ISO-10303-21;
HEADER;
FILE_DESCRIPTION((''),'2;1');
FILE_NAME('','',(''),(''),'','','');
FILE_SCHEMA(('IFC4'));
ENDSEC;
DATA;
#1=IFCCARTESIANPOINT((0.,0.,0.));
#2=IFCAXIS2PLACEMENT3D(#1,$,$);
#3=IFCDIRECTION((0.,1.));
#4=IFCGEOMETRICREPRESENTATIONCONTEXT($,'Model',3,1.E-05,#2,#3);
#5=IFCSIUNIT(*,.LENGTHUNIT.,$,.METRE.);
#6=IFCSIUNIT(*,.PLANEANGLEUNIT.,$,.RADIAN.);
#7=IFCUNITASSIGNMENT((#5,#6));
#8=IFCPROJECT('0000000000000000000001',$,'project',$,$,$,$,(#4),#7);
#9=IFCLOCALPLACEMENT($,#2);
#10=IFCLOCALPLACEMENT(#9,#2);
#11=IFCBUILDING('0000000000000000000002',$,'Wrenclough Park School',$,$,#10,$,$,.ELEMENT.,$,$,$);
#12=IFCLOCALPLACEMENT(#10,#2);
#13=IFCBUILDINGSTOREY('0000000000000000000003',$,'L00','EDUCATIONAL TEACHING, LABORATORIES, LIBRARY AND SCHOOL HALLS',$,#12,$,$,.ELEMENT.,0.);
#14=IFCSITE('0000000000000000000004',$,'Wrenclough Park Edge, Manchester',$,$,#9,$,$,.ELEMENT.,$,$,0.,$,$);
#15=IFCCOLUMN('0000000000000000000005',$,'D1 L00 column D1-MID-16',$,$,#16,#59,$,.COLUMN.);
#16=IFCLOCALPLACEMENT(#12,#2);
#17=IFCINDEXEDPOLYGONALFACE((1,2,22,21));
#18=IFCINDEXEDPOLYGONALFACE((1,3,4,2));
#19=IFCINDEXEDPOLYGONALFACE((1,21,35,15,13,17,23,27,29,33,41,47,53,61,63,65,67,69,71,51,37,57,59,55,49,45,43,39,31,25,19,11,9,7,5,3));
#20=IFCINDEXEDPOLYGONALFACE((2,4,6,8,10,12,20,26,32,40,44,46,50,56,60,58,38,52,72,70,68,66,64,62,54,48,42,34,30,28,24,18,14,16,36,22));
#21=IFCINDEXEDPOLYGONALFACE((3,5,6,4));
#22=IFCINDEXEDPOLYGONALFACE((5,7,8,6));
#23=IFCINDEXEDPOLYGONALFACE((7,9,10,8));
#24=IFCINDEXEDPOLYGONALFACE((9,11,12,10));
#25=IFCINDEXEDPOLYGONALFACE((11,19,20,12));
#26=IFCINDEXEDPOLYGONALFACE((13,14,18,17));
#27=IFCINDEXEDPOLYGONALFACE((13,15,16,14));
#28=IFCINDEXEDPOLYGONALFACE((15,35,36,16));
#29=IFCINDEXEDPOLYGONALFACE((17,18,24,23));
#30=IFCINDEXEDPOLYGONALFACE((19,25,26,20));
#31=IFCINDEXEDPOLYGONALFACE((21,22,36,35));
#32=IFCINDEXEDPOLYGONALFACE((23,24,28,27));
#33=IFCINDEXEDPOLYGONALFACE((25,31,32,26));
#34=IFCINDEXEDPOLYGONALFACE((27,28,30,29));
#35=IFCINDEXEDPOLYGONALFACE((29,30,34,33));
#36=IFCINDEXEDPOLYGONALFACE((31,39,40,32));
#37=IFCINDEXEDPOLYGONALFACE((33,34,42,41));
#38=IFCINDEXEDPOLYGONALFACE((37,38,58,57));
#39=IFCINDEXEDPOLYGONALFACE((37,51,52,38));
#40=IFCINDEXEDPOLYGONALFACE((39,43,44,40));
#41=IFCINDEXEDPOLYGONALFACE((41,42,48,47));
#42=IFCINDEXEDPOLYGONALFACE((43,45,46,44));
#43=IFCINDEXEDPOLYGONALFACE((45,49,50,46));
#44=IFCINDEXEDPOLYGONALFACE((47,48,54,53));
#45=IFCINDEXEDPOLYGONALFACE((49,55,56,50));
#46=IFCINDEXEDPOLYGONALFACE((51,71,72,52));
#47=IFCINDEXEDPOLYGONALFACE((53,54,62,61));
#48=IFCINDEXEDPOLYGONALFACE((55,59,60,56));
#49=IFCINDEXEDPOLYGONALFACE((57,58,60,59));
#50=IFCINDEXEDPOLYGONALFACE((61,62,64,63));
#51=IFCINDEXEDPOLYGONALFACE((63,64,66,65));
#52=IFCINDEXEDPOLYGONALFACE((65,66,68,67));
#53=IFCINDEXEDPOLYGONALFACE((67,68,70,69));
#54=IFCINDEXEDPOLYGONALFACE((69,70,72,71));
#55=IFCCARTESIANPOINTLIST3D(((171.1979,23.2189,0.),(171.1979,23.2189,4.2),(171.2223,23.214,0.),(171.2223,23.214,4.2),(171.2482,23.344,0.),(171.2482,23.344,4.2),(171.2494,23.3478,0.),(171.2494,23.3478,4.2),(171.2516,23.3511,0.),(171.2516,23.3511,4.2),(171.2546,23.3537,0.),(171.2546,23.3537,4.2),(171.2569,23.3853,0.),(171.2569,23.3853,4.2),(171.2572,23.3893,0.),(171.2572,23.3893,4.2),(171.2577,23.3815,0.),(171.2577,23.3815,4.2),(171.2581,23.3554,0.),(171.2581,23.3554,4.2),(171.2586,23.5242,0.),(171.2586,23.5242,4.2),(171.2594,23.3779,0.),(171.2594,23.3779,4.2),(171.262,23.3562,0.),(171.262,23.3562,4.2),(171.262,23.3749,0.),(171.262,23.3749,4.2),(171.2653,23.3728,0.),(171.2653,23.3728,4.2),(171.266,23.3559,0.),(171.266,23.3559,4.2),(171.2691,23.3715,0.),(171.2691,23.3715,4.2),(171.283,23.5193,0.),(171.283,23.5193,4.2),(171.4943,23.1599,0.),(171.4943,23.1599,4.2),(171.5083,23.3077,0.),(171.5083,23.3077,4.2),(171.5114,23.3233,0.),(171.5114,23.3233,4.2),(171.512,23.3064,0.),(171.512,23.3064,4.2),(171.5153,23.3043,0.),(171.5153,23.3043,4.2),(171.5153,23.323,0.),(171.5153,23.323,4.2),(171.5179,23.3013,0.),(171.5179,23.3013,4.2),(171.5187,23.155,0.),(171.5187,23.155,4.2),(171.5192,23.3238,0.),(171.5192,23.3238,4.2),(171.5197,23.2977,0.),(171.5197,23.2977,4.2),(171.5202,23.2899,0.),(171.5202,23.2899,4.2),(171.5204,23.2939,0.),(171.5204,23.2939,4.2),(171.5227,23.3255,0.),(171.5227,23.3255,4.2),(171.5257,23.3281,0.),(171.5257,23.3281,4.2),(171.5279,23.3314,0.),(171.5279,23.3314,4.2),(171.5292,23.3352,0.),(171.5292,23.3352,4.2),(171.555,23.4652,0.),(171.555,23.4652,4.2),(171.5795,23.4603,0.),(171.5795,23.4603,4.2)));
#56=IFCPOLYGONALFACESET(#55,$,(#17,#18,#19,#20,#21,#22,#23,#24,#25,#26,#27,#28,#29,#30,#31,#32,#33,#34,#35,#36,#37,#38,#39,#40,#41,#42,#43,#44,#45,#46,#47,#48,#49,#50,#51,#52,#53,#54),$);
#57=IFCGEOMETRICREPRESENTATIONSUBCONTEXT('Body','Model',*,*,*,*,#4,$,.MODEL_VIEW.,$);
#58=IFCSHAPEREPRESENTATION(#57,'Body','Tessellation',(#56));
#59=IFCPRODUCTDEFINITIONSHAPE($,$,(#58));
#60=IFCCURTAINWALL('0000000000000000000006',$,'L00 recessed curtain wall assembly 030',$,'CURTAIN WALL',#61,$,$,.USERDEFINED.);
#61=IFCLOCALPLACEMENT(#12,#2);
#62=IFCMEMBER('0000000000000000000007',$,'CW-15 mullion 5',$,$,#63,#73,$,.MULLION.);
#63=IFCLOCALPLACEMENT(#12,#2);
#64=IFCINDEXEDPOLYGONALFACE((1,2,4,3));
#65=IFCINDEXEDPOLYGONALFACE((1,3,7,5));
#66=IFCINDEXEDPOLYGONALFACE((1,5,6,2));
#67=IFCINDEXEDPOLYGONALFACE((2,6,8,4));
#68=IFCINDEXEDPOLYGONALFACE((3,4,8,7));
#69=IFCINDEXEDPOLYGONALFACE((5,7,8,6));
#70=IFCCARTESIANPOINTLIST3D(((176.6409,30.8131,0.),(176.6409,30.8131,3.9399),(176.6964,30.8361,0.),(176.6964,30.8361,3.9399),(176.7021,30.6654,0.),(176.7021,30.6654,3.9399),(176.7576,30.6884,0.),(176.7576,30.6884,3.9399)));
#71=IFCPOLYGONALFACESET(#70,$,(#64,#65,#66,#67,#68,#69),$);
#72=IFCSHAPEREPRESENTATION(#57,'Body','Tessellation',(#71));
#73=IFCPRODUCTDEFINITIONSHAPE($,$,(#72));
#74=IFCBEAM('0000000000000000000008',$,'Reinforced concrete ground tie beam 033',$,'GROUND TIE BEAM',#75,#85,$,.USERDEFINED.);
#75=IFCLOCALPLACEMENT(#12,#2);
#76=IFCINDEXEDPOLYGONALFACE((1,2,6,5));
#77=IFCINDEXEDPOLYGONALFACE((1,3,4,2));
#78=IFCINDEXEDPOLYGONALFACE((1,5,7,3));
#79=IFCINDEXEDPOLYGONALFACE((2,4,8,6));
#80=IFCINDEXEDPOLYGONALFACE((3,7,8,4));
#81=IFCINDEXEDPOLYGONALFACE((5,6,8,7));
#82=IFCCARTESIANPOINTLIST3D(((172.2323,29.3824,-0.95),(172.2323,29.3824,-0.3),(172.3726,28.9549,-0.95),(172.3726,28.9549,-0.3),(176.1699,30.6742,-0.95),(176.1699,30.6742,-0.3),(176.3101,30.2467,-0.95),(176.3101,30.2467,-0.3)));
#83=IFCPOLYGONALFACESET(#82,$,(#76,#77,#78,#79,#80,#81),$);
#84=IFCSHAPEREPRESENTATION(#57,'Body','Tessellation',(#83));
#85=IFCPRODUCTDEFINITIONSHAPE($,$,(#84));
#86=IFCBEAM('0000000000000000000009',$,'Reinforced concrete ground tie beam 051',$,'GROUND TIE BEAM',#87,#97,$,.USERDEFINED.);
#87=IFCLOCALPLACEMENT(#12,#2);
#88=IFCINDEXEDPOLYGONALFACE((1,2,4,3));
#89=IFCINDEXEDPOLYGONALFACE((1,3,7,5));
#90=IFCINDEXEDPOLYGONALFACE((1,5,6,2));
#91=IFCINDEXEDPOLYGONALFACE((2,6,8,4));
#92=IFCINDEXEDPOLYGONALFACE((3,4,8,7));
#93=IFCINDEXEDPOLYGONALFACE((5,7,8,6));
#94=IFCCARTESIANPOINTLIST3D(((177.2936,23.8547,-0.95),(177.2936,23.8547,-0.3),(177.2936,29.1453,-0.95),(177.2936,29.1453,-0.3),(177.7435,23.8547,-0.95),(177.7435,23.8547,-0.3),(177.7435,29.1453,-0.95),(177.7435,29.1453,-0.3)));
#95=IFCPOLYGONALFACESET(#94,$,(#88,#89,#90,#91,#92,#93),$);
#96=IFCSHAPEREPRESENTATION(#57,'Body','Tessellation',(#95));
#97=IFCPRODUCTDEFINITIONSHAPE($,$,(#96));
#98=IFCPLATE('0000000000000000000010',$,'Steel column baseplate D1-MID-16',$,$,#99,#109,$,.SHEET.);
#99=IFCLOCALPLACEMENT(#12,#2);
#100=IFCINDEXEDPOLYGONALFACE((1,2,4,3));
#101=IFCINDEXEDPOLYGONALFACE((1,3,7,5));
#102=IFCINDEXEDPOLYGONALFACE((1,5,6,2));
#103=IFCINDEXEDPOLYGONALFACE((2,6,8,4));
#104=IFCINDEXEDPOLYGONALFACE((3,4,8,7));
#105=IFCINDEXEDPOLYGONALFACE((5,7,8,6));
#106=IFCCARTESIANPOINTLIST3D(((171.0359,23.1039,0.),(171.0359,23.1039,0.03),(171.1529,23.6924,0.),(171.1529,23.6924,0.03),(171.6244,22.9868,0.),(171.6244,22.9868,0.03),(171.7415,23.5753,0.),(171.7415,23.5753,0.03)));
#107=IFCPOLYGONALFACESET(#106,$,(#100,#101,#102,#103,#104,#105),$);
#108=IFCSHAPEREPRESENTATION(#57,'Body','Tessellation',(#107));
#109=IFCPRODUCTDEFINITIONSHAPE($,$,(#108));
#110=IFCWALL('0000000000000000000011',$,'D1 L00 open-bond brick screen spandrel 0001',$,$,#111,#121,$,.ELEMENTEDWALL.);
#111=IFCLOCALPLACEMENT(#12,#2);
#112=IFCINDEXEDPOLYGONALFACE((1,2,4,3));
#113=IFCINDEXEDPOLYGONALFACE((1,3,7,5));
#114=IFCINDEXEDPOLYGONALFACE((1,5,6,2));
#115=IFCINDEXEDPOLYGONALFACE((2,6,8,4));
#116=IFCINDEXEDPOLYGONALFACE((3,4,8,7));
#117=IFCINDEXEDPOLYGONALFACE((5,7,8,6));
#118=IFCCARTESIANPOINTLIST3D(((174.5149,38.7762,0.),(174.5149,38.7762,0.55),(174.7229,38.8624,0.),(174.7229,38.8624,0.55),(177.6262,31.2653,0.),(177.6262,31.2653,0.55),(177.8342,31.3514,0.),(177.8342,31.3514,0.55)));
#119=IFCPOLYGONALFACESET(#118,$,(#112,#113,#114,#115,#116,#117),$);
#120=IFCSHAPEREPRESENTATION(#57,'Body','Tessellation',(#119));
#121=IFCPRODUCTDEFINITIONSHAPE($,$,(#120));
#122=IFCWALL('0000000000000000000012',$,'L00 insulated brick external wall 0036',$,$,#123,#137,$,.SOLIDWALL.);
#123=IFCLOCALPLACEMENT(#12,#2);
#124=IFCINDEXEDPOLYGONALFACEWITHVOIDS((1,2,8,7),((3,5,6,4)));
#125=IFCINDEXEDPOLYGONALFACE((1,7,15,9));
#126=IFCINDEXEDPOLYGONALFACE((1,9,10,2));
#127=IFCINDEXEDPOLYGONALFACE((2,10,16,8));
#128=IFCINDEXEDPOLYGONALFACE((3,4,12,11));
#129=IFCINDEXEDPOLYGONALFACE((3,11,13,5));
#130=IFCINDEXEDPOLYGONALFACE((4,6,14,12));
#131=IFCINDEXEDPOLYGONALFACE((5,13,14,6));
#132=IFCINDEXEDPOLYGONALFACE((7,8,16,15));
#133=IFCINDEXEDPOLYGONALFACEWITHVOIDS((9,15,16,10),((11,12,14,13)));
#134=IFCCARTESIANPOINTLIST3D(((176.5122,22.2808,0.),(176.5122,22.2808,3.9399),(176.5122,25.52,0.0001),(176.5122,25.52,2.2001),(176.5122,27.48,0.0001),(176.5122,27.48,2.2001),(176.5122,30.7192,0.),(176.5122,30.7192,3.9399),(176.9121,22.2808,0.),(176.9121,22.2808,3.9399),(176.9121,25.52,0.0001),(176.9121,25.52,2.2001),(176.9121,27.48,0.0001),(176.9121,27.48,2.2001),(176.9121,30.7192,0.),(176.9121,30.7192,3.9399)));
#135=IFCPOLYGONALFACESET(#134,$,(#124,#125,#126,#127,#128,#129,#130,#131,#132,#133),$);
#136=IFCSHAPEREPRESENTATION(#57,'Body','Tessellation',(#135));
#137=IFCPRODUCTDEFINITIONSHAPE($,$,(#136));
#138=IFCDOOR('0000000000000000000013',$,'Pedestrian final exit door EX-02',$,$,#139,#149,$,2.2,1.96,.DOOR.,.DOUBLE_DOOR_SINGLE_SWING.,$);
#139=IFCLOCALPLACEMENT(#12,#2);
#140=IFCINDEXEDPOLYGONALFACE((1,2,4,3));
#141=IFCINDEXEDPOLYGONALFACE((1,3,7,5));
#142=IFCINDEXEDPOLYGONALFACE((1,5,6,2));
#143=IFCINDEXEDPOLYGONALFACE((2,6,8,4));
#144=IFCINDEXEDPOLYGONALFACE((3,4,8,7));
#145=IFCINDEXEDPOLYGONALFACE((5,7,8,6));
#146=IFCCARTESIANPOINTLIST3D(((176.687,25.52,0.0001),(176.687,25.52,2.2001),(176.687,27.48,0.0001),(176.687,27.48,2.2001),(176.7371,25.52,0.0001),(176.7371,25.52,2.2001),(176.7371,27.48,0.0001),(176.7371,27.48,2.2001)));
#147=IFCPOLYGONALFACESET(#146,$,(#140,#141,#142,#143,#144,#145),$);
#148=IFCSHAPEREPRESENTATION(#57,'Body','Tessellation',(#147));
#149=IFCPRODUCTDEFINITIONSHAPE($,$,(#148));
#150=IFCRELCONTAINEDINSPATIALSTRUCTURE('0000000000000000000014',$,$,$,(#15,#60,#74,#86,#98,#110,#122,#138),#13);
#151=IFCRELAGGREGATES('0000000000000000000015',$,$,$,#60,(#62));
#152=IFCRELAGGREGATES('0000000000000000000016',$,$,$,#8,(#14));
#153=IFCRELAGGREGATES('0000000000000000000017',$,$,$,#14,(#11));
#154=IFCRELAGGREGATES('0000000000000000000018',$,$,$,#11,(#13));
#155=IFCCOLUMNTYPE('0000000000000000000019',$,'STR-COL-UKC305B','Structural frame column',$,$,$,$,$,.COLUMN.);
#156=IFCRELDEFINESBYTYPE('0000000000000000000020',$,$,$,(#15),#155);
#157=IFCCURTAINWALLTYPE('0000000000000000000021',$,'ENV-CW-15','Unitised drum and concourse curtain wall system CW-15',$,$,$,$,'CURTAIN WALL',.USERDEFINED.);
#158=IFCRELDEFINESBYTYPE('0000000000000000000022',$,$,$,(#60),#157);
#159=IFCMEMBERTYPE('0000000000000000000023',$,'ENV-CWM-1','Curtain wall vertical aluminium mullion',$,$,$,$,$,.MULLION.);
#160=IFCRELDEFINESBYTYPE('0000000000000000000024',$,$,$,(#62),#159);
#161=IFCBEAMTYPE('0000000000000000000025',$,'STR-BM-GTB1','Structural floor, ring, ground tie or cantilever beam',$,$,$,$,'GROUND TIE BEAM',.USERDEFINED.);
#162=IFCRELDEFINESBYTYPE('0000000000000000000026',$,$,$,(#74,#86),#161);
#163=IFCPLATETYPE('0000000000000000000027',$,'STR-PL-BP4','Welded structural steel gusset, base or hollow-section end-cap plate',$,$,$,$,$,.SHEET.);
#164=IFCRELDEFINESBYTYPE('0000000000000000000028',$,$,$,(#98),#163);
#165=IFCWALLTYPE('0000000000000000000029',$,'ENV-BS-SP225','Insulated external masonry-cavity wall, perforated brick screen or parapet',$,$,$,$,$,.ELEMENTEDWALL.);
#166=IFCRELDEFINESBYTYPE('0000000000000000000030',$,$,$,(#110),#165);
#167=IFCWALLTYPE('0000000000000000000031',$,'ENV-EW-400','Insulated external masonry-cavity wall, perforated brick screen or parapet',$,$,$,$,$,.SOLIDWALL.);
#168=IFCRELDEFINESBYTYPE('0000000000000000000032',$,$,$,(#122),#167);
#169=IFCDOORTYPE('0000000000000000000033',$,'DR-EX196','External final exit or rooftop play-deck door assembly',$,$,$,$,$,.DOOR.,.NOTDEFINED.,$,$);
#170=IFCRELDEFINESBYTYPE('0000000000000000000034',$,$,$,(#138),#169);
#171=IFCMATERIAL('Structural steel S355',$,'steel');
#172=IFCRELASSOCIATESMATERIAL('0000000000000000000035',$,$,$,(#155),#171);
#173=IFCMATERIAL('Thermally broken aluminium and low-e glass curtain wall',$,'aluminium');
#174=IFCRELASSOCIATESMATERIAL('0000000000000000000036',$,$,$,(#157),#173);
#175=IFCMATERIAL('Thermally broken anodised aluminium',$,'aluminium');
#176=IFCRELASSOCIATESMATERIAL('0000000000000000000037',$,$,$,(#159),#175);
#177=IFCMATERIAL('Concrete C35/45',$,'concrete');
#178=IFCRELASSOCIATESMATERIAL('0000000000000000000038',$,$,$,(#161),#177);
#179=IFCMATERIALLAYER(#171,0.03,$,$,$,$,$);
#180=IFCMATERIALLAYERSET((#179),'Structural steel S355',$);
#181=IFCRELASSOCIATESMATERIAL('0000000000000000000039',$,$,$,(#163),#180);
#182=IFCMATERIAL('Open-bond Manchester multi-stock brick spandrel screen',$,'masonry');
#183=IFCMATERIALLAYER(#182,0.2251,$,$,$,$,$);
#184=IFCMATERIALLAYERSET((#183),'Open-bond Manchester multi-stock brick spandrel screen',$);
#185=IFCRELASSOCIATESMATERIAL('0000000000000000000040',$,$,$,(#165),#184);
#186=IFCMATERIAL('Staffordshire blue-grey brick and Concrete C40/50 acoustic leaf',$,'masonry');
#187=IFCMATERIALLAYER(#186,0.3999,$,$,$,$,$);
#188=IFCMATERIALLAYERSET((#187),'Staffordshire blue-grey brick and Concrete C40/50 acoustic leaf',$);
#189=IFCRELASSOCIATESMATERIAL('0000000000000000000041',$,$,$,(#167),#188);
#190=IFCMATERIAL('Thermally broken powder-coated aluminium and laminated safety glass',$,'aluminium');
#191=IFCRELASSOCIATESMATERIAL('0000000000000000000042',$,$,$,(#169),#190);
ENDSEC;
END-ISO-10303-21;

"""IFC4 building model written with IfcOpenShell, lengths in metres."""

from ifc_helpers import new_model, si_unit, direction, frame, frame_2d, origin, origin_2d, place, context, subcontext, project, spatial, rectangle, i_section, extrude, material, layer, layer_set, material_profile, profile_set, type_object, element, fill, aggregate, save


model = new_model("IFC4")

# Units and contexts
model_context = context("Model", 3, precision=1e-05, world=origin(), true_north=direction((0.0, 1.0)))
body_context = subcontext(model_context, "Body", "Model", "MODEL_VIEW")
ifc_project = project(units=[si_unit("LENGTHUNIT", "METRE"), si_unit("PLANEANGLEUNIT", "RADIAN")], contexts=[model_context])

# Site, building, storey
site_placement = place(None, origin())
site = spatial("IfcSite", under=ifc_project, at=site_placement, Name="Wrenclough Park Edge, Manchester", CompositionType="ELEMENT", RefElevation=0.0)
building_placement = place(site_placement, origin())
building = spatial("IfcBuilding", under=site, at=building_placement, Name="Wrenclough Park School", CompositionType="ELEMENT")
storey_placement = place(building_placement, origin())
storey = spatial("IfcBuildingStorey", under=building, at=storey_placement, Name="L00", Description="EDUCATIONAL TEACHING, LABORATORIES, LIBRARY AND SCHOOL HALLS", CompositionType="ELEMENT", Elevation=0.0)

# Shared definitions
ifc_material_1 = material(Name="Concrete C35/45", Category="concrete")

# Column
ifc_material_2 = material(Name="Structural steel S355", Category="steel")
ifc_material_profile_1 = material_profile(ifc_material_2, i_section(OverallWidth=0.3113, OverallDepth=0.3271, WebThickness=0.0159, FlangeThickness=0.0249, FilletRadius=0.0151, at=origin_2d()), Name="UKC 305x305x158")
ifc_profile_set_1 = profile_set([ifc_material_profile_1], Name="Structural steel S355")
column_type_1 = type_object("IfcColumnType", Name="STR-COL-UKC305B", Description="Structural frame column", PredefinedType="COLUMN", material=ifc_profile_set_1)
column_1_placement = place(storey_placement, frame((171.3887, 23.3396, 0.0), z_axis=(0.0, 0.0, 1.0), x_axis=(0.19509, 0.980785, 0.0)))
element("IfcColumn", 1, at=column_1_placement, inside=storey, type_object=column_type_1, Name="D1 L00 column D1-MID-16", PredefinedType="COLUMN", context=body_context, shape_type="SweptSolid", body=[
    extrude(i_section(OverallWidth=0.3113, OverallDepth=0.3271, WebThickness=0.0159, FlangeThickness=0.0249, FilletRadius=0.0151, at=origin_2d()), origin(), (0.0, 0.0, 1.0), 4.2),
])

# Curtain wall, member
ifc_material_3 = material(Name="Thermally broken aluminium and low-e glass curtain wall", Category="aluminium")
curtain_wall_type = type_object("IfcCurtainWallType", Name="ENV-CW-15", Description="Unitised drum and concourse curtain wall system CW-15", ElementType="CURTAIN WALL", PredefinedType="USERDEFINED", material=ifc_material_3)
curtain_wall_placement = place(storey_placement, origin())
curtain_wall = element("IfcCurtainWall", 2, at=curtain_wall_placement, inside=storey, type_object=curtain_wall_type, Name="L00 recessed curtain wall assembly 030", ObjectType="CURTAIN WALL", PredefinedType="USERDEFINED")
ifc_material_4 = material(Name="Thermally broken anodised aluminium", Category="aluminium")
ifc_material_profile_2 = material_profile(ifc_material_4, rectangle(XDim=0.0601, YDim=0.1599, at=origin_2d()), Name="AL MULLION 60x160")
ifc_profile_set_2 = profile_set([ifc_material_profile_2], Name="Thermally broken anodised aluminium")
member_type = type_object("IfcMemberType", Name="ENV-CWM-1", Description="Curtain wall vertical aluminium mullion", PredefinedType="MULLION", material=ifc_profile_set_2)
member_placement = place(storey_placement, frame((176.6992, 30.7507, 0.0), z_axis=(0.0, 0.0, 1.0), x_axis=(0.923878, 0.382687, 0.0)))
member = element("IfcMember", 3, at=member_placement, type_object=member_type, Name="CW-15 mullion 5", PredefinedType="MULLION", context=body_context, shape_type="SweptSolid", body=[
    extrude(rectangle(XDim=0.0601, YDim=0.1599, at=origin_2d()), origin(), (0.0, 0.0, 1.0), 3.9399),
])
aggregate(curtain_wall, [member])

# Beams
ifc_material_profile_3 = material_profile(ifc_material_1, rectangle(XDim=0.45, YDim=0.6499, at=origin_2d()), Name="RC GROUND 450x650")
ifc_profile_set_3 = profile_set([ifc_material_profile_3], Name="Concrete C35/45")
beam_type = type_object("IfcBeamType", Name="STR-BM-GTB1", Description="Structural floor, ring, ground tie or cantilever beam", ElementType="GROUND TIE BEAM", PredefinedType="USERDEFINED", material=ifc_profile_set_3)
beam_1_placement = place(storey_placement, frame((176.24, 30.4604, -0.625), z_axis=(-0.950175, -0.311717, 0.0), x_axis=(0.311717, -0.950175, 0.0)))
element("IfcBeam", 4, at=beam_1_placement, inside=storey, type_object=beam_type, Name="Reinforced concrete ground tie beam 033", ObjectType="GROUND TIE BEAM", PredefinedType="USERDEFINED", context=body_context, shape_type="SweptSolid", body=[
    extrude(rectangle(XDim=0.45, YDim=0.6499, at=origin_2d()), origin(), (0.0, 0.0, 1.0), 4.144),
])
beam_2_placement = place(storey_placement, frame((177.5186, 23.8547, -0.625), z_axis=(0.0, 1.0, 0.0), x_axis=(-1.0, 0.0, 0.0)))
element("IfcBeam", 5, at=beam_2_placement, inside=storey, type_object=beam_type, Name="Reinforced concrete ground tie beam 051", ObjectType="GROUND TIE BEAM", PredefinedType="USERDEFINED", context=body_context, shape_type="SweptSolid", body=[
    extrude(rectangle(XDim=0.45, YDim=0.6499, at=origin_2d()), origin(), (0.0, 0.0, 1.0), 5.2905),
])

# Plate
ifc_layer_1 = layer(ifc_material_2, 0.03)
ifc_layer_set_1 = layer_set([ifc_layer_1], Name="Structural steel S355")
plate_type = type_object("IfcPlateType", Name="STR-PL-BP4", Description="Welded structural steel gusset, base or hollow-section end-cap plate", PredefinedType="SHEET", material=ifc_layer_set_1)
plate_placement = place(storey_placement, frame((171.3887, 23.3396, 0.0), z_axis=(0.0, 0.0, 1.0), x_axis=(0.19509, 0.980785, 0.0)))
element("IfcPlate", 6, at=plate_placement, inside=storey, type_object=plate_type, Name="Steel column baseplate D1-MID-16", PredefinedType="SHEET", context=body_context, shape_type="SweptSolid", body=[
    extrude(rectangle(XDim=0.6001, YDim=0.6001, at=origin_2d()), origin(), (0.0, 0.0, 1.0), 0.03),
])

# Wall
ifc_material_5 = material(Name="Open-bond Manchester multi-stock brick spandrel screen", Category="masonry")
ifc_layer_2 = layer(ifc_material_5, 0.2251)
ifc_layer_set_2 = layer_set([ifc_layer_2], Name="Open-bond Manchester multi-stock brick spandrel screen")
wall_type_1 = type_object("IfcWallType", Name="ENV-BS-SP225", Description="Insulated external masonry-cavity wall, perforated brick screen or parapet", PredefinedType="ELEMENTEDWALL", material=ifc_layer_set_2)
wall_1_placement = place(storey_placement, frame((177.7302, 31.3083, 0.0), z_axis=(0.0, 0.0, 1.0), x_axis=(-0.382702, 0.923872, 0.0)))
element("IfcWall", 7, at=wall_1_placement, inside=storey, type_object=wall_type_1, Name="D1 L00 open-bond brick screen spandrel 0001", PredefinedType="ELEMENTEDWALL", context=body_context, shape_type="SweptSolid", body=[
    extrude(rectangle(XDim=8.1299, YDim=0.2251, at=frame_2d((4.0649, 0.0))), origin(), (0.0, 0.0, 1.0), 0.55),
])

# Wall, opening, door
ifc_material_6 = material(Name="Staffordshire blue-grey brick and Concrete C40/50 acoustic leaf", Category="masonry")
ifc_layer_3 = layer(ifc_material_6, 0.3999)
ifc_layer_set_3 = layer_set([ifc_layer_3], Name="Staffordshire blue-grey brick and Concrete C40/50 acoustic leaf")
wall_type_2 = type_object("IfcWallType", Name="ENV-EW-400", Description="Insulated external masonry-cavity wall, perforated brick screen or parapet", PredefinedType="SOLIDWALL", material=ifc_layer_set_3)
wall_2_placement = place(storey_placement, frame((176.7122, 30.7192, 0.0), z_axis=(0.0, 0.0, 1.0), x_axis=(0.0, -1.0, 0.0)))
wall_2 = element("IfcWall", 8, at=wall_2_placement, inside=storey, type_object=wall_type_2, Name="L00 insulated brick external wall 0036", PredefinedType="SOLIDWALL", context=body_context, shape_type="SweptSolid", body=[
    extrude(rectangle(XDim=8.4385, YDim=0.3999, at=frame_2d((4.2192, 0.0))), origin(), (0.0, 0.0, 1.0), 3.9399),
])
opening_1_placement = place(wall_2_placement, frame((3.2393, 0.0, 0.0)))
opening_1 = element("IfcOpeningElement", 9, at=opening_1_placement, cuts=wall_2, PredefinedType="OPENING", context=body_context, shape_type="SweptSolid", body=[
    extrude(rectangle(XDim=1.96, YDim=2.2, at=frame_2d((0.98, 1.1001))), frame((0.0, 0.21, 0.0), z_axis=(0.0, -1.0, 0.0), x_axis=(1.0, 0.0, 0.0)), (0.0, 0.0, 1.0), 0.4199),
])
ifc_material_7 = material(Name="Thermally broken powder-coated aluminium and laminated safety glass", Category="aluminium")
door_type_1 = type_object("IfcDoorType", Name="DR-EX196", Description="External final exit or rooftop play-deck door assembly", OperationType="NOTDEFINED", PredefinedType="DOOR", material=ifc_material_7)
door_1_placement = place(opening_1_placement, origin())
door_1 = element("IfcDoor", 10, at=door_1_placement, inside=storey, type_object=door_type_1, Name="Pedestrian final exit door EX-02", OperationType="DOUBLE_DOOR_SINGLE_SWING", OverallHeight=2.2, OverallWidth=1.96, PredefinedType="DOOR", context=body_context, shape_type="SweptSolid", body=[
    extrude(rectangle(XDim=1.96, YDim=2.2, at=frame_2d((0.98, 1.1001))), frame((0.0, 0.0249, 0.0), z_axis=(0.0, -1.0, 0.0), x_axis=(1.0, 0.0, 0.0)), (0.0, 0.0, 1.0), 0.05),
])
fill(opening_1, door_1)

save(model, "model.ifc")
